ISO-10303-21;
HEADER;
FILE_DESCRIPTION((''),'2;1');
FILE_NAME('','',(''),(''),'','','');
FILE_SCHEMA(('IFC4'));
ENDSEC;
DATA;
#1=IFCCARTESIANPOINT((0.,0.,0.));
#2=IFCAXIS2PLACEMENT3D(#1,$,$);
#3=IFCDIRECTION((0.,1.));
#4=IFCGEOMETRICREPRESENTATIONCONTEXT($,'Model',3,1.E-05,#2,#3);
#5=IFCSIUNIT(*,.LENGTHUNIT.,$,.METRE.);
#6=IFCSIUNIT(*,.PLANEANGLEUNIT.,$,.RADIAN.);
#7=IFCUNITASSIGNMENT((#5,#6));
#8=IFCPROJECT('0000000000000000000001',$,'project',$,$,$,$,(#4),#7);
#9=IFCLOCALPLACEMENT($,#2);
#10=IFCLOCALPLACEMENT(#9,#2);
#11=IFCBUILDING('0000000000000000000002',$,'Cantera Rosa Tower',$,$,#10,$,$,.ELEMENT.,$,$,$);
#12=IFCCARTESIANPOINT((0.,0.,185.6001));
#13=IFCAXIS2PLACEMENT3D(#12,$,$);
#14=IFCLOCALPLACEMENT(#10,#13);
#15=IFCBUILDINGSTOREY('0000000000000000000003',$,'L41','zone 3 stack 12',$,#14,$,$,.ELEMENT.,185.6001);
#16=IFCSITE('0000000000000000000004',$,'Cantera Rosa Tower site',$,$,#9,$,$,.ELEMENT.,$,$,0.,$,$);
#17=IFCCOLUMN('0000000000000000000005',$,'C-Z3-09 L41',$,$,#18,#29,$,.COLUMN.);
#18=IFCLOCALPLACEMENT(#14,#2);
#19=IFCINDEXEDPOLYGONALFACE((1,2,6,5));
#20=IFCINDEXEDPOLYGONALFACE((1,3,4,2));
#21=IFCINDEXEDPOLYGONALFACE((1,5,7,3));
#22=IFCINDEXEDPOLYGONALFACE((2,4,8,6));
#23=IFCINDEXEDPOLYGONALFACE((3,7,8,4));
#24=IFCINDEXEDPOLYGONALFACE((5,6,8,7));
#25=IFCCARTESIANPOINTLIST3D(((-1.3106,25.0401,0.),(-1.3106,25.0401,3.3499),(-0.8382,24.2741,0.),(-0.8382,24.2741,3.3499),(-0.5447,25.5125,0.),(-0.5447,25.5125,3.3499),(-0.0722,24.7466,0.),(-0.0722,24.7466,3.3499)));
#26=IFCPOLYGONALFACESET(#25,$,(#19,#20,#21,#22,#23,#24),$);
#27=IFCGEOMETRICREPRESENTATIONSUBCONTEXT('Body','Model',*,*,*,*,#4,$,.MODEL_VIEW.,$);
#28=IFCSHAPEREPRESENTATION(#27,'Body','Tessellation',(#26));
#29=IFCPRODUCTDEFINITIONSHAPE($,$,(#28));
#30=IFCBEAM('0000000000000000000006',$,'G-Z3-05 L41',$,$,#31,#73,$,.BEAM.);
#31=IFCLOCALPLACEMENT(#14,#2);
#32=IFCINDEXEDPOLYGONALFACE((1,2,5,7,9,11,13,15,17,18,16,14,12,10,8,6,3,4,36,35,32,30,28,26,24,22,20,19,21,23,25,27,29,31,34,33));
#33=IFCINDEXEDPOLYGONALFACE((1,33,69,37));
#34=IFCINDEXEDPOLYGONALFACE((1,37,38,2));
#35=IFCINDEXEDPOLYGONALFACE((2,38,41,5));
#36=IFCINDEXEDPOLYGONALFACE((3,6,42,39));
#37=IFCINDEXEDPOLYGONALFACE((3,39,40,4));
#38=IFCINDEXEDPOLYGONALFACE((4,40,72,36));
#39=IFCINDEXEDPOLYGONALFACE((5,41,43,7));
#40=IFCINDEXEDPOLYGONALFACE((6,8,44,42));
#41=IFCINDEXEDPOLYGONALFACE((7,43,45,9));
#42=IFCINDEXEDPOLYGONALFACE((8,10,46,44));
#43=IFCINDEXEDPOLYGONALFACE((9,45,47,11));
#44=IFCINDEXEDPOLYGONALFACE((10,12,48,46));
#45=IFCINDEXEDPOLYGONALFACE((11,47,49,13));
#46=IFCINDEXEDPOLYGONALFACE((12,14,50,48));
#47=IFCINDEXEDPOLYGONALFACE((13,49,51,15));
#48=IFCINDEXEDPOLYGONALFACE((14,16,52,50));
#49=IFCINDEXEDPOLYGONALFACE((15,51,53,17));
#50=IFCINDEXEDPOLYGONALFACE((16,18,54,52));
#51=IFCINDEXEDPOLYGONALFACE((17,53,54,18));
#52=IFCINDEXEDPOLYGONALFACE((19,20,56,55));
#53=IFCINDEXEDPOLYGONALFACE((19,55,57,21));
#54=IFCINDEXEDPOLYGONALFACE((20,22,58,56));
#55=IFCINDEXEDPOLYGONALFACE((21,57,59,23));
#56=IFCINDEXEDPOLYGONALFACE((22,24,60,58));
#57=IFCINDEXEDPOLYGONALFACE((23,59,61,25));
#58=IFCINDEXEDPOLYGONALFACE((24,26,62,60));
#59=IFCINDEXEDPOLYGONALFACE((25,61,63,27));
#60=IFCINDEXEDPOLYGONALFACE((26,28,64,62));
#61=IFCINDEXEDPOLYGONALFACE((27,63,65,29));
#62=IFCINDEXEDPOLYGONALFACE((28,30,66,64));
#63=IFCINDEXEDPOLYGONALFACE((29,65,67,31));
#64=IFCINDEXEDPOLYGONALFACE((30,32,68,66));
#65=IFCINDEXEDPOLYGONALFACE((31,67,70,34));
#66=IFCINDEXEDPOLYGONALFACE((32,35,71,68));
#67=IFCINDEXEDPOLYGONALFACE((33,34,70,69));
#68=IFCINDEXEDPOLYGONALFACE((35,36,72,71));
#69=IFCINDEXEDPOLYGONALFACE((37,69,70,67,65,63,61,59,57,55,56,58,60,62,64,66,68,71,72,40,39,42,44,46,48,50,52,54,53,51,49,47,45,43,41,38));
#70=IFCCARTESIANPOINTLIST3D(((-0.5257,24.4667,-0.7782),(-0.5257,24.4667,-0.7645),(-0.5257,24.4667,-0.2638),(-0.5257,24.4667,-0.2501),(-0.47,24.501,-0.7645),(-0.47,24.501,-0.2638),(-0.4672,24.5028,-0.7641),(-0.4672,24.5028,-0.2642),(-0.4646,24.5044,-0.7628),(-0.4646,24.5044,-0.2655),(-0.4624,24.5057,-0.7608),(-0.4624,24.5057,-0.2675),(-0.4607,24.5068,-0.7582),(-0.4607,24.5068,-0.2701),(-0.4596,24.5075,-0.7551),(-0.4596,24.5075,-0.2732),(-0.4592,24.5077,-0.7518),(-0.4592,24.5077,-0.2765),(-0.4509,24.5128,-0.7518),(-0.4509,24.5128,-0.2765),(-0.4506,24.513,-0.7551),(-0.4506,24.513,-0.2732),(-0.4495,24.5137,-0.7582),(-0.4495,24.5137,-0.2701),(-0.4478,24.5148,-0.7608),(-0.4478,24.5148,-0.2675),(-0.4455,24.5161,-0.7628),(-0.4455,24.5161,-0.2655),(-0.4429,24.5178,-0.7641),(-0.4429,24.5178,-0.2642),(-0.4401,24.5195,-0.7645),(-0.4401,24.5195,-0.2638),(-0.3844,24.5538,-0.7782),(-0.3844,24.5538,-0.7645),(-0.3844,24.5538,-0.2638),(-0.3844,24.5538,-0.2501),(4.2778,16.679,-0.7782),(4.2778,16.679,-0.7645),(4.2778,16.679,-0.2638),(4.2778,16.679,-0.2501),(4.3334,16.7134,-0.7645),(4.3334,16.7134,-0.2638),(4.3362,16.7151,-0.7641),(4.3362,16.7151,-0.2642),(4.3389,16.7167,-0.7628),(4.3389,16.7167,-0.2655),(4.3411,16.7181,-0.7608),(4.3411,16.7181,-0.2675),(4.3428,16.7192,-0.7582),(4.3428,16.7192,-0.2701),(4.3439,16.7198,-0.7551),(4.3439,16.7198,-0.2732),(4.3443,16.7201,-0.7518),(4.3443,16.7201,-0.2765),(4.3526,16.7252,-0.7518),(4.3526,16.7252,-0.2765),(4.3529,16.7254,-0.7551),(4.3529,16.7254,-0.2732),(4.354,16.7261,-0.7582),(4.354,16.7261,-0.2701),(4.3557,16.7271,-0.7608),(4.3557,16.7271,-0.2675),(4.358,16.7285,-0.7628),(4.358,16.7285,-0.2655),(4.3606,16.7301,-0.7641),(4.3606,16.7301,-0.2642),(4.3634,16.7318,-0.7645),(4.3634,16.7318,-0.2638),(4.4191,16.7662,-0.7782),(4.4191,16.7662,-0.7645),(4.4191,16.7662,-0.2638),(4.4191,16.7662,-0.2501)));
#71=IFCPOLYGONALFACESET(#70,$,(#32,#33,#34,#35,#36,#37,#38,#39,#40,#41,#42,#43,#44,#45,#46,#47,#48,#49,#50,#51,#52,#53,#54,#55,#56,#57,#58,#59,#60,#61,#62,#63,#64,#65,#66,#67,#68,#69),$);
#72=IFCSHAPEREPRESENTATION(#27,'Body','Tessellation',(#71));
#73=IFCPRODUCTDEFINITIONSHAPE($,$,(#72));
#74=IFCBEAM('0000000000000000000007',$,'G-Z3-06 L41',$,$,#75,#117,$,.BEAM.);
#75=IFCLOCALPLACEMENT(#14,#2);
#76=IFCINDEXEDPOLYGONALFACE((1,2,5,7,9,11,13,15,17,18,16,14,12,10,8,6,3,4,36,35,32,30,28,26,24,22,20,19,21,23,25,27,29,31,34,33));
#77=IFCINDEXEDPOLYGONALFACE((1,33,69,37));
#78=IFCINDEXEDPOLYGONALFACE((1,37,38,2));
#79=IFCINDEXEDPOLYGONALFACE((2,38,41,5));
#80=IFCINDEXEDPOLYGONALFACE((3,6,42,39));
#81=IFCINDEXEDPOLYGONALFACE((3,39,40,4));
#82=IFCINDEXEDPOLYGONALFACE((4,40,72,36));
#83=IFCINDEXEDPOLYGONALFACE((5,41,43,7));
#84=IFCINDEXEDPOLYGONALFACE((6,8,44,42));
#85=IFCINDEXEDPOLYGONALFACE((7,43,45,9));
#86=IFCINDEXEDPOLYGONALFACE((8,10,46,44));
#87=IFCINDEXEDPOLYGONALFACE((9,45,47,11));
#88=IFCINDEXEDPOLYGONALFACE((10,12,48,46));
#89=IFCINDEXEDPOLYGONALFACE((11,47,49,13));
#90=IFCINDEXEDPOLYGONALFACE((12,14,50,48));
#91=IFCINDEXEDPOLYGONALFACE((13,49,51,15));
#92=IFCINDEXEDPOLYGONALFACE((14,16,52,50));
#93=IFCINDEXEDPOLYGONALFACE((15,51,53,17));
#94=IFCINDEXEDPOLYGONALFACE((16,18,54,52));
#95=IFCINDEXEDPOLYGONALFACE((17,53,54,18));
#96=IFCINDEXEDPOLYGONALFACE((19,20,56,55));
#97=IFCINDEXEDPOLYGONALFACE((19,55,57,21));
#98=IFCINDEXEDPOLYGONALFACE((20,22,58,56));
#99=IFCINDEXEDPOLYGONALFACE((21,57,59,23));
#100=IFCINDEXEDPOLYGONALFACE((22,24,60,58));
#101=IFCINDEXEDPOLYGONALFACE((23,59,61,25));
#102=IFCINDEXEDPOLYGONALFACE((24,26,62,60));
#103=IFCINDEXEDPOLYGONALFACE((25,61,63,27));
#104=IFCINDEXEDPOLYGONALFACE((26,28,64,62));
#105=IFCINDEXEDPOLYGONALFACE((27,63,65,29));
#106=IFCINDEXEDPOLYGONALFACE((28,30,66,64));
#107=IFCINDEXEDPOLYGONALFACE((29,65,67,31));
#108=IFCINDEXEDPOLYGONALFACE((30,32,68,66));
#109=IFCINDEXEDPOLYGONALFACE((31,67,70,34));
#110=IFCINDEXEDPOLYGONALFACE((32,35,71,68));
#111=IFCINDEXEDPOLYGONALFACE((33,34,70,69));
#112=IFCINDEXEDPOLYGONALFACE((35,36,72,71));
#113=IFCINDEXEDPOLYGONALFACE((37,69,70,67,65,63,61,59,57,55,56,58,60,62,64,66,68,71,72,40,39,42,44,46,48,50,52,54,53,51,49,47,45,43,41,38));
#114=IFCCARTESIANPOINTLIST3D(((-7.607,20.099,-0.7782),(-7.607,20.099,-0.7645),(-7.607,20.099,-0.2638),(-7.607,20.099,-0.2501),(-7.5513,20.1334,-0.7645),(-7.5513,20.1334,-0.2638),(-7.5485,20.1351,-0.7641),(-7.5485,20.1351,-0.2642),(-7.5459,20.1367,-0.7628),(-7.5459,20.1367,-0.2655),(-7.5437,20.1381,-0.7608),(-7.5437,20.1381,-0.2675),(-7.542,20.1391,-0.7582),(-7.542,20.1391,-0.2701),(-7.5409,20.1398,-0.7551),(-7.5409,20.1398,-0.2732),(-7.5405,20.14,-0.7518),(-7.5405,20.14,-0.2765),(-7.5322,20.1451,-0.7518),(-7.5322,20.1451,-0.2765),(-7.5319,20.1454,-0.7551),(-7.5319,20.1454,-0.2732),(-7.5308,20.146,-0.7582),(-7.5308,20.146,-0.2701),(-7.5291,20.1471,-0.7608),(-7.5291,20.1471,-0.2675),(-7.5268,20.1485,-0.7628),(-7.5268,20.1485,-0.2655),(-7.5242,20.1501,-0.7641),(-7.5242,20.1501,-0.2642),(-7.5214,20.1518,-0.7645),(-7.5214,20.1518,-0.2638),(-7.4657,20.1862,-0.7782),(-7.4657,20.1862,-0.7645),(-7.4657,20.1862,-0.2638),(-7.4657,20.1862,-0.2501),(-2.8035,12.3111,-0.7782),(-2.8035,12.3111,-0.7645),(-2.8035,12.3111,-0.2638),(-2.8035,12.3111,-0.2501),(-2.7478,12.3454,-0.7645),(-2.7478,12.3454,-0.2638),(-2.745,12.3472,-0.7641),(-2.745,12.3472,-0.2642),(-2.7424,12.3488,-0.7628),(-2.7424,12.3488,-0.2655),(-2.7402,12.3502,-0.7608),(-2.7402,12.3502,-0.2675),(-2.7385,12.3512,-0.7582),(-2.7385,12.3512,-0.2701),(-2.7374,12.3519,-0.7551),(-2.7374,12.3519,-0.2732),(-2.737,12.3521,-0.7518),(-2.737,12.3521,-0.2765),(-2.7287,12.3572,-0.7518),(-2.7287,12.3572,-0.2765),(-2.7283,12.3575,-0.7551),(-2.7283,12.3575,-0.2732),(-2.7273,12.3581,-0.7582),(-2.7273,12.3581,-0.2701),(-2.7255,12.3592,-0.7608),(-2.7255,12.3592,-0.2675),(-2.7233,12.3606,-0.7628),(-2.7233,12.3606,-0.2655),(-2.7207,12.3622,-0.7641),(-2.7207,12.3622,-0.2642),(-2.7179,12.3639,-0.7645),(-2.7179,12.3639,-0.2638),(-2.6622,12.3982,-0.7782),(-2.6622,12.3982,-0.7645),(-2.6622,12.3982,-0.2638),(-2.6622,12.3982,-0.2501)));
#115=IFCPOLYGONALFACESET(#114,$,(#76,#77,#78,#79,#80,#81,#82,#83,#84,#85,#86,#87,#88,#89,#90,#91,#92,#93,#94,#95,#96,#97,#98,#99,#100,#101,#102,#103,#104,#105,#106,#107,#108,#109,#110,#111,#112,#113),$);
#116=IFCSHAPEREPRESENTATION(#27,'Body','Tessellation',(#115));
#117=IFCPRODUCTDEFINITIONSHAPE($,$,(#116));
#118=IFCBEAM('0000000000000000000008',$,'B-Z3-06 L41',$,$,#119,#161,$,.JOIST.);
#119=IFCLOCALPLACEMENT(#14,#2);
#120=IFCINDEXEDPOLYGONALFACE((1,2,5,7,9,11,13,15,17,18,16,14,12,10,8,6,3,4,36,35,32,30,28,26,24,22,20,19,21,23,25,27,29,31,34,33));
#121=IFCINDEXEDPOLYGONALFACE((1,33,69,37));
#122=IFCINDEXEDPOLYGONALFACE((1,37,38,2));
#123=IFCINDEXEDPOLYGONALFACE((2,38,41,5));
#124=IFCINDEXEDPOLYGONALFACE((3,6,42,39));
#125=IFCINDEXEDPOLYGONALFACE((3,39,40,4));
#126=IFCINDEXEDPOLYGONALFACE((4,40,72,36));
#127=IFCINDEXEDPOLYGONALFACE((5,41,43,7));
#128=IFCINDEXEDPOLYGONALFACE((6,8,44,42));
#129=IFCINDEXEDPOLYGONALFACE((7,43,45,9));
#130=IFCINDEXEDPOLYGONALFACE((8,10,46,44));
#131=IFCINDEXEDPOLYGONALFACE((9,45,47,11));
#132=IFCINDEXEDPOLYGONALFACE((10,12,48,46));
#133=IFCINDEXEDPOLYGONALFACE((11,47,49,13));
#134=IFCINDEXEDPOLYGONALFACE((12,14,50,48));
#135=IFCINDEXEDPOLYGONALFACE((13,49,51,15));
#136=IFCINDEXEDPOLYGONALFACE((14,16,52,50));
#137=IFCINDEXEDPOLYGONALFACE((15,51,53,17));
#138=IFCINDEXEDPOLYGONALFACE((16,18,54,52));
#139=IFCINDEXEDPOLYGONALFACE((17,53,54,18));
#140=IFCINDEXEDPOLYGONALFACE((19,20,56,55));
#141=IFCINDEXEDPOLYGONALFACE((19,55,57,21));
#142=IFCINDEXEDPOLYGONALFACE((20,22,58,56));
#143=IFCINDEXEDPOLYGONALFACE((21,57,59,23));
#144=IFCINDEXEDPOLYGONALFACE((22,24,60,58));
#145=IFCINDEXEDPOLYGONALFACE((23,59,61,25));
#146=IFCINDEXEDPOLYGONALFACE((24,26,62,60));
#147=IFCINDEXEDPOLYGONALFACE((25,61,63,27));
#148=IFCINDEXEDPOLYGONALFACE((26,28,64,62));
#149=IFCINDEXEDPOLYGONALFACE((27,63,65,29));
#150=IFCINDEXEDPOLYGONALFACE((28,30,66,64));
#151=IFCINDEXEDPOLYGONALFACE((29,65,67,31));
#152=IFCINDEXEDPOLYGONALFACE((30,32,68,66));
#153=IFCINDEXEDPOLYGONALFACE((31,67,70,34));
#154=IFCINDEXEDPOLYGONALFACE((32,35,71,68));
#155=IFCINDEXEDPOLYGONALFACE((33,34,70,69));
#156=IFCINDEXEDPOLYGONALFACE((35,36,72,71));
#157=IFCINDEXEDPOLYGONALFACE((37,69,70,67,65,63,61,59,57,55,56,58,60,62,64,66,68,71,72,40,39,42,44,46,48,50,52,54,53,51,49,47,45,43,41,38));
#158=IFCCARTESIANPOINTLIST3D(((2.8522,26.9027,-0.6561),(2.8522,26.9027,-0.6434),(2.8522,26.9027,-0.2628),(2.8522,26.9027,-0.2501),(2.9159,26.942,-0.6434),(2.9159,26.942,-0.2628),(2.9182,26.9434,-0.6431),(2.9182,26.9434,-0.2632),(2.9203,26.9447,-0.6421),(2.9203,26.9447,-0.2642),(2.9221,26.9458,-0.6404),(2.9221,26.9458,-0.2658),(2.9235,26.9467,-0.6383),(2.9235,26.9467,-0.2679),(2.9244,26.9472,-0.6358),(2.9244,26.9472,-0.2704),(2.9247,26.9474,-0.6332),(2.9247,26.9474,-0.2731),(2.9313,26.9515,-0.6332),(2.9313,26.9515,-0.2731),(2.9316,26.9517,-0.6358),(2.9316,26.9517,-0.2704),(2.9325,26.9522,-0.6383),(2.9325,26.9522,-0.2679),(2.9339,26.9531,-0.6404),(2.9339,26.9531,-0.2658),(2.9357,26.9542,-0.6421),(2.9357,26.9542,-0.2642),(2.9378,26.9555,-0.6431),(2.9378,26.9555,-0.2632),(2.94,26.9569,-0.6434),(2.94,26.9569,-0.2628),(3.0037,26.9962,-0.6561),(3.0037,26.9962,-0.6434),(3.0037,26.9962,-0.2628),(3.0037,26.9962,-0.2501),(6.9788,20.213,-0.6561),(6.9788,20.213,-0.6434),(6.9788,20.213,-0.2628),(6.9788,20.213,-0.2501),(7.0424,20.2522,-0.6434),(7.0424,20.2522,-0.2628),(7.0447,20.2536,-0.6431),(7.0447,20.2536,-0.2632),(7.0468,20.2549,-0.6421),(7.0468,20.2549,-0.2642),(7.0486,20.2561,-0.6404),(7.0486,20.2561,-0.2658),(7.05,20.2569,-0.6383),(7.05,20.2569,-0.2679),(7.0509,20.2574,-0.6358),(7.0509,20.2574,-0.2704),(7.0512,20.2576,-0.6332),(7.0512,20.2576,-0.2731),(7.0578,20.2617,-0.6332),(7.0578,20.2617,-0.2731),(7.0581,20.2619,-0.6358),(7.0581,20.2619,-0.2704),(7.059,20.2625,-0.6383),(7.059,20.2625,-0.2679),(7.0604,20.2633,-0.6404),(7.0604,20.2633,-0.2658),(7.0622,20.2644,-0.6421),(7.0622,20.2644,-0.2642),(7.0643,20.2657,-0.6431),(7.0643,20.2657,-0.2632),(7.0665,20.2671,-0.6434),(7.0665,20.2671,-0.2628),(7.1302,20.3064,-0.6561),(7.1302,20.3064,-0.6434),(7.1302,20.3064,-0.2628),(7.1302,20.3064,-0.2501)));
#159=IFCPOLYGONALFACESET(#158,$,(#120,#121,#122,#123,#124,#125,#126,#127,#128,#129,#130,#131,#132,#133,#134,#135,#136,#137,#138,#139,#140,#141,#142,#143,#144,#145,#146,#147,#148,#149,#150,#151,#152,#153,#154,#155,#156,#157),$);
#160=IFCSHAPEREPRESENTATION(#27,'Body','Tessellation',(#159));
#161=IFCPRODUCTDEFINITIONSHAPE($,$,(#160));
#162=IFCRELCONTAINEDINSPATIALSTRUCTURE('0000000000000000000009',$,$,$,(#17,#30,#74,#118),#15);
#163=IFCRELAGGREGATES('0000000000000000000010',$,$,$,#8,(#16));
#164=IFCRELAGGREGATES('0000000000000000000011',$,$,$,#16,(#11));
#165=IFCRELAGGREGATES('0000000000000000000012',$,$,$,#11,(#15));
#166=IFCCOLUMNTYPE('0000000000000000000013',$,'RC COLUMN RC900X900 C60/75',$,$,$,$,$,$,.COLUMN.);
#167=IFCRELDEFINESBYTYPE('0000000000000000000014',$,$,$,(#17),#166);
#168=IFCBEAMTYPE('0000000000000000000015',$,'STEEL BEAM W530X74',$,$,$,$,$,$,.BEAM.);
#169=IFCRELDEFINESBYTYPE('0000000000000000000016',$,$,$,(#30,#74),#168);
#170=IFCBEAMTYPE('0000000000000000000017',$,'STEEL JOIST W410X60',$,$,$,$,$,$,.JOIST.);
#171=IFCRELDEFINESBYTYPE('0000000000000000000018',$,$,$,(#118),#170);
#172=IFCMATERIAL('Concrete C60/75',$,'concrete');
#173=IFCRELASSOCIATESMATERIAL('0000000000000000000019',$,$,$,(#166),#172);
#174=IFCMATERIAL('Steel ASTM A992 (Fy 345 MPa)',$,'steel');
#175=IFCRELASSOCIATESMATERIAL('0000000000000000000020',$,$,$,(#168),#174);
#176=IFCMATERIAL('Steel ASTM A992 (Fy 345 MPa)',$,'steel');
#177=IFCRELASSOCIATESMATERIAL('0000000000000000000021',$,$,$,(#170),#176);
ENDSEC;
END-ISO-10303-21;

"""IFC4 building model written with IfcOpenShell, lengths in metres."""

from ifc_helpers import new_model, si_unit, direction, frame, origin, origin_2d, place, context, subcontext, project, spatial, rectangle, i_section, extrude, material, material_profile, profile_set, type_object, element, save


model = new_model("IFC4")

# Units and contexts
model_context = context("Model", 3, precision=1e-05, world=origin(), true_north=direction((0.0, 1.0)))
body_context = subcontext(model_context, "Body", "Model", "MODEL_VIEW")
ifc_project = project(units=[si_unit("LENGTHUNIT", "METRE"), si_unit("PLANEANGLEUNIT", "RADIAN")], contexts=[model_context])

# Site, building, storey
site_placement = place(None, origin())
site = spatial("IfcSite", under=ifc_project, at=site_placement, Name="Cantera Rosa Tower site", CompositionType="ELEMENT", RefElevation=0.0)
building_placement = place(site_placement, origin())
building = spatial("IfcBuilding", under=site, at=building_placement, Name="Cantera Rosa Tower", CompositionType="ELEMENT")
storey_placement = place(building_placement, frame((0.0, 0.0, 185.6001)))
storey = spatial("IfcBuildingStorey", under=building, at=storey_placement, Name="L41", Description="zone 3 stack 12", CompositionType="ELEMENT", Elevation=185.6001)

# Column
ifc_material_1 = material(Name="Concrete C60/75", Category="concrete")
ifc_material_profile_1 = material_profile(ifc_material_1, rectangle(XDim=0.8999, YDim=0.8999, at=origin_2d()), Name="RC COLUMN RC900X900 C60/75")
ifc_profile_set_1 = profile_set([ifc_material_profile_1], Name="Concrete C60/75")
column_type = type_object("IfcColumnType", Name="RC COLUMN RC900X900 C60/75", PredefinedType="COLUMN", material=ifc_profile_set_1)
column_placement = place(storey_placement, frame((-0.6914, 24.8933, 0.0), z_axis=(0.0, 0.0, 1.0), x_axis=(0.851117, 0.524977, 0.0)))
element("IfcColumn", 1, at=column_placement, inside=storey, type_object=column_type, Name="C-Z3-09 L41", PredefinedType="COLUMN", context=body_context, shape_type="SweptSolid", body=[
    extrude(rectangle(XDim=0.8999, YDim=0.8999, at=origin_2d()), origin(), (0.0, 0.0, 1.0), 3.3499),
])

# Beams
ifc_material_2 = material(Name="Steel ASTM A992 (Fy 345 MPa)", Category="steel")
ifc_material_profile_2 = material_profile(ifc_material_2, i_section(OverallWidth=0.166, OverallDepth=0.5281, WebThickness=0.0098, FlangeThickness=0.0137, FilletRadius=0.0127, at=origin_2d()), Name="W530X74")
ifc_profile_set_2 = profile_set([ifc_material_profile_2], Name="Steel ASTM A992 (Fy 345 MPa)")
beam_type_1 = type_object("IfcBeamType", Name="STEEL BEAM W530X74", PredefinedType="BEAM", material=ifc_profile_set_2)
beam_1_placement = place(storey_placement, frame((-0.4551, 24.5103, -0.5142), z_axis=(0.524977, -0.851116, 0.0), x_axis=(0.851116, 0.524977, 0.0)))
element("IfcBeam", 2, at=beam_1_placement, inside=storey, type_object=beam_type_1, Name="G-Z3-05 L41", PredefinedType="BEAM", context=body_context, shape_type="SweptSolid", body=[
    extrude(i_section(OverallWidth=0.166, OverallDepth=0.5281, WebThickness=0.0098, FlangeThickness=0.0137, FilletRadius=0.0127, at=origin_2d()), origin(), (0.0, 0.0, 1.0), 9.1499),
])
beam_2_placement = place(storey_placement, frame((-7.5364, 20.1426, -0.5142), z_axis=(0.524965, -0.851124, 0.0), x_axis=(0.851124, 0.524965, 0.0)))
element("IfcBeam", 3, at=beam_2_placement, inside=storey, type_object=beam_type_1, Name="G-Z3-06 L41", PredefinedType="BEAM", context=body_context, shape_type="SweptSolid", body=[
    extrude(i_section(OverallWidth=0.166, OverallDepth=0.5281, WebThickness=0.0098, FlangeThickness=0.0137, FilletRadius=0.0127, at=origin_2d()), origin(), (0.0, 0.0, 1.0), 9.1501),
])
ifc_material_3 = material(Name="Steel ASTM A992 (Fy 345 MPa)", Category="steel")
ifc_material_profile_3 = material_profile(ifc_material_3, i_section(OverallWidth=0.178, OverallDepth=0.406, WebThickness=0.0078, FlangeThickness=0.0127, FilletRadius=0.0103, at=origin_2d()), Name="W410X60")
ifc_profile_set_3 = profile_set([ifc_material_profile_3], Name="Steel ASTM A992 (Fy 345 MPa)")
beam_type_2 = type_object("IfcBeamType", Name="STEEL JOIST W410X60", PredefinedType="JOIST", material=ifc_profile_set_3)
beam_3_placement = place(storey_placement, frame((2.928, 26.9495, -0.4531), z_axis=(0.524995, -0.851105, 0.0), x_axis=(0.851105, 0.524995, 0.0)))
element("IfcBeam", 4, at=beam_3_placement, inside=storey, type_object=beam_type_2, Name="B-Z3-06 L41", PredefinedType="JOIST", context=body_context, shape_type="SweptSolid", body=[
    extrude(i_section(OverallWidth=0.178, OverallDepth=0.406, WebThickness=0.0078, FlangeThickness=0.0127, FilletRadius=0.0103, at=origin_2d()), origin(), (0.0, 0.0, 1.0), 7.8601),
])

save(model, "model.ifc")
